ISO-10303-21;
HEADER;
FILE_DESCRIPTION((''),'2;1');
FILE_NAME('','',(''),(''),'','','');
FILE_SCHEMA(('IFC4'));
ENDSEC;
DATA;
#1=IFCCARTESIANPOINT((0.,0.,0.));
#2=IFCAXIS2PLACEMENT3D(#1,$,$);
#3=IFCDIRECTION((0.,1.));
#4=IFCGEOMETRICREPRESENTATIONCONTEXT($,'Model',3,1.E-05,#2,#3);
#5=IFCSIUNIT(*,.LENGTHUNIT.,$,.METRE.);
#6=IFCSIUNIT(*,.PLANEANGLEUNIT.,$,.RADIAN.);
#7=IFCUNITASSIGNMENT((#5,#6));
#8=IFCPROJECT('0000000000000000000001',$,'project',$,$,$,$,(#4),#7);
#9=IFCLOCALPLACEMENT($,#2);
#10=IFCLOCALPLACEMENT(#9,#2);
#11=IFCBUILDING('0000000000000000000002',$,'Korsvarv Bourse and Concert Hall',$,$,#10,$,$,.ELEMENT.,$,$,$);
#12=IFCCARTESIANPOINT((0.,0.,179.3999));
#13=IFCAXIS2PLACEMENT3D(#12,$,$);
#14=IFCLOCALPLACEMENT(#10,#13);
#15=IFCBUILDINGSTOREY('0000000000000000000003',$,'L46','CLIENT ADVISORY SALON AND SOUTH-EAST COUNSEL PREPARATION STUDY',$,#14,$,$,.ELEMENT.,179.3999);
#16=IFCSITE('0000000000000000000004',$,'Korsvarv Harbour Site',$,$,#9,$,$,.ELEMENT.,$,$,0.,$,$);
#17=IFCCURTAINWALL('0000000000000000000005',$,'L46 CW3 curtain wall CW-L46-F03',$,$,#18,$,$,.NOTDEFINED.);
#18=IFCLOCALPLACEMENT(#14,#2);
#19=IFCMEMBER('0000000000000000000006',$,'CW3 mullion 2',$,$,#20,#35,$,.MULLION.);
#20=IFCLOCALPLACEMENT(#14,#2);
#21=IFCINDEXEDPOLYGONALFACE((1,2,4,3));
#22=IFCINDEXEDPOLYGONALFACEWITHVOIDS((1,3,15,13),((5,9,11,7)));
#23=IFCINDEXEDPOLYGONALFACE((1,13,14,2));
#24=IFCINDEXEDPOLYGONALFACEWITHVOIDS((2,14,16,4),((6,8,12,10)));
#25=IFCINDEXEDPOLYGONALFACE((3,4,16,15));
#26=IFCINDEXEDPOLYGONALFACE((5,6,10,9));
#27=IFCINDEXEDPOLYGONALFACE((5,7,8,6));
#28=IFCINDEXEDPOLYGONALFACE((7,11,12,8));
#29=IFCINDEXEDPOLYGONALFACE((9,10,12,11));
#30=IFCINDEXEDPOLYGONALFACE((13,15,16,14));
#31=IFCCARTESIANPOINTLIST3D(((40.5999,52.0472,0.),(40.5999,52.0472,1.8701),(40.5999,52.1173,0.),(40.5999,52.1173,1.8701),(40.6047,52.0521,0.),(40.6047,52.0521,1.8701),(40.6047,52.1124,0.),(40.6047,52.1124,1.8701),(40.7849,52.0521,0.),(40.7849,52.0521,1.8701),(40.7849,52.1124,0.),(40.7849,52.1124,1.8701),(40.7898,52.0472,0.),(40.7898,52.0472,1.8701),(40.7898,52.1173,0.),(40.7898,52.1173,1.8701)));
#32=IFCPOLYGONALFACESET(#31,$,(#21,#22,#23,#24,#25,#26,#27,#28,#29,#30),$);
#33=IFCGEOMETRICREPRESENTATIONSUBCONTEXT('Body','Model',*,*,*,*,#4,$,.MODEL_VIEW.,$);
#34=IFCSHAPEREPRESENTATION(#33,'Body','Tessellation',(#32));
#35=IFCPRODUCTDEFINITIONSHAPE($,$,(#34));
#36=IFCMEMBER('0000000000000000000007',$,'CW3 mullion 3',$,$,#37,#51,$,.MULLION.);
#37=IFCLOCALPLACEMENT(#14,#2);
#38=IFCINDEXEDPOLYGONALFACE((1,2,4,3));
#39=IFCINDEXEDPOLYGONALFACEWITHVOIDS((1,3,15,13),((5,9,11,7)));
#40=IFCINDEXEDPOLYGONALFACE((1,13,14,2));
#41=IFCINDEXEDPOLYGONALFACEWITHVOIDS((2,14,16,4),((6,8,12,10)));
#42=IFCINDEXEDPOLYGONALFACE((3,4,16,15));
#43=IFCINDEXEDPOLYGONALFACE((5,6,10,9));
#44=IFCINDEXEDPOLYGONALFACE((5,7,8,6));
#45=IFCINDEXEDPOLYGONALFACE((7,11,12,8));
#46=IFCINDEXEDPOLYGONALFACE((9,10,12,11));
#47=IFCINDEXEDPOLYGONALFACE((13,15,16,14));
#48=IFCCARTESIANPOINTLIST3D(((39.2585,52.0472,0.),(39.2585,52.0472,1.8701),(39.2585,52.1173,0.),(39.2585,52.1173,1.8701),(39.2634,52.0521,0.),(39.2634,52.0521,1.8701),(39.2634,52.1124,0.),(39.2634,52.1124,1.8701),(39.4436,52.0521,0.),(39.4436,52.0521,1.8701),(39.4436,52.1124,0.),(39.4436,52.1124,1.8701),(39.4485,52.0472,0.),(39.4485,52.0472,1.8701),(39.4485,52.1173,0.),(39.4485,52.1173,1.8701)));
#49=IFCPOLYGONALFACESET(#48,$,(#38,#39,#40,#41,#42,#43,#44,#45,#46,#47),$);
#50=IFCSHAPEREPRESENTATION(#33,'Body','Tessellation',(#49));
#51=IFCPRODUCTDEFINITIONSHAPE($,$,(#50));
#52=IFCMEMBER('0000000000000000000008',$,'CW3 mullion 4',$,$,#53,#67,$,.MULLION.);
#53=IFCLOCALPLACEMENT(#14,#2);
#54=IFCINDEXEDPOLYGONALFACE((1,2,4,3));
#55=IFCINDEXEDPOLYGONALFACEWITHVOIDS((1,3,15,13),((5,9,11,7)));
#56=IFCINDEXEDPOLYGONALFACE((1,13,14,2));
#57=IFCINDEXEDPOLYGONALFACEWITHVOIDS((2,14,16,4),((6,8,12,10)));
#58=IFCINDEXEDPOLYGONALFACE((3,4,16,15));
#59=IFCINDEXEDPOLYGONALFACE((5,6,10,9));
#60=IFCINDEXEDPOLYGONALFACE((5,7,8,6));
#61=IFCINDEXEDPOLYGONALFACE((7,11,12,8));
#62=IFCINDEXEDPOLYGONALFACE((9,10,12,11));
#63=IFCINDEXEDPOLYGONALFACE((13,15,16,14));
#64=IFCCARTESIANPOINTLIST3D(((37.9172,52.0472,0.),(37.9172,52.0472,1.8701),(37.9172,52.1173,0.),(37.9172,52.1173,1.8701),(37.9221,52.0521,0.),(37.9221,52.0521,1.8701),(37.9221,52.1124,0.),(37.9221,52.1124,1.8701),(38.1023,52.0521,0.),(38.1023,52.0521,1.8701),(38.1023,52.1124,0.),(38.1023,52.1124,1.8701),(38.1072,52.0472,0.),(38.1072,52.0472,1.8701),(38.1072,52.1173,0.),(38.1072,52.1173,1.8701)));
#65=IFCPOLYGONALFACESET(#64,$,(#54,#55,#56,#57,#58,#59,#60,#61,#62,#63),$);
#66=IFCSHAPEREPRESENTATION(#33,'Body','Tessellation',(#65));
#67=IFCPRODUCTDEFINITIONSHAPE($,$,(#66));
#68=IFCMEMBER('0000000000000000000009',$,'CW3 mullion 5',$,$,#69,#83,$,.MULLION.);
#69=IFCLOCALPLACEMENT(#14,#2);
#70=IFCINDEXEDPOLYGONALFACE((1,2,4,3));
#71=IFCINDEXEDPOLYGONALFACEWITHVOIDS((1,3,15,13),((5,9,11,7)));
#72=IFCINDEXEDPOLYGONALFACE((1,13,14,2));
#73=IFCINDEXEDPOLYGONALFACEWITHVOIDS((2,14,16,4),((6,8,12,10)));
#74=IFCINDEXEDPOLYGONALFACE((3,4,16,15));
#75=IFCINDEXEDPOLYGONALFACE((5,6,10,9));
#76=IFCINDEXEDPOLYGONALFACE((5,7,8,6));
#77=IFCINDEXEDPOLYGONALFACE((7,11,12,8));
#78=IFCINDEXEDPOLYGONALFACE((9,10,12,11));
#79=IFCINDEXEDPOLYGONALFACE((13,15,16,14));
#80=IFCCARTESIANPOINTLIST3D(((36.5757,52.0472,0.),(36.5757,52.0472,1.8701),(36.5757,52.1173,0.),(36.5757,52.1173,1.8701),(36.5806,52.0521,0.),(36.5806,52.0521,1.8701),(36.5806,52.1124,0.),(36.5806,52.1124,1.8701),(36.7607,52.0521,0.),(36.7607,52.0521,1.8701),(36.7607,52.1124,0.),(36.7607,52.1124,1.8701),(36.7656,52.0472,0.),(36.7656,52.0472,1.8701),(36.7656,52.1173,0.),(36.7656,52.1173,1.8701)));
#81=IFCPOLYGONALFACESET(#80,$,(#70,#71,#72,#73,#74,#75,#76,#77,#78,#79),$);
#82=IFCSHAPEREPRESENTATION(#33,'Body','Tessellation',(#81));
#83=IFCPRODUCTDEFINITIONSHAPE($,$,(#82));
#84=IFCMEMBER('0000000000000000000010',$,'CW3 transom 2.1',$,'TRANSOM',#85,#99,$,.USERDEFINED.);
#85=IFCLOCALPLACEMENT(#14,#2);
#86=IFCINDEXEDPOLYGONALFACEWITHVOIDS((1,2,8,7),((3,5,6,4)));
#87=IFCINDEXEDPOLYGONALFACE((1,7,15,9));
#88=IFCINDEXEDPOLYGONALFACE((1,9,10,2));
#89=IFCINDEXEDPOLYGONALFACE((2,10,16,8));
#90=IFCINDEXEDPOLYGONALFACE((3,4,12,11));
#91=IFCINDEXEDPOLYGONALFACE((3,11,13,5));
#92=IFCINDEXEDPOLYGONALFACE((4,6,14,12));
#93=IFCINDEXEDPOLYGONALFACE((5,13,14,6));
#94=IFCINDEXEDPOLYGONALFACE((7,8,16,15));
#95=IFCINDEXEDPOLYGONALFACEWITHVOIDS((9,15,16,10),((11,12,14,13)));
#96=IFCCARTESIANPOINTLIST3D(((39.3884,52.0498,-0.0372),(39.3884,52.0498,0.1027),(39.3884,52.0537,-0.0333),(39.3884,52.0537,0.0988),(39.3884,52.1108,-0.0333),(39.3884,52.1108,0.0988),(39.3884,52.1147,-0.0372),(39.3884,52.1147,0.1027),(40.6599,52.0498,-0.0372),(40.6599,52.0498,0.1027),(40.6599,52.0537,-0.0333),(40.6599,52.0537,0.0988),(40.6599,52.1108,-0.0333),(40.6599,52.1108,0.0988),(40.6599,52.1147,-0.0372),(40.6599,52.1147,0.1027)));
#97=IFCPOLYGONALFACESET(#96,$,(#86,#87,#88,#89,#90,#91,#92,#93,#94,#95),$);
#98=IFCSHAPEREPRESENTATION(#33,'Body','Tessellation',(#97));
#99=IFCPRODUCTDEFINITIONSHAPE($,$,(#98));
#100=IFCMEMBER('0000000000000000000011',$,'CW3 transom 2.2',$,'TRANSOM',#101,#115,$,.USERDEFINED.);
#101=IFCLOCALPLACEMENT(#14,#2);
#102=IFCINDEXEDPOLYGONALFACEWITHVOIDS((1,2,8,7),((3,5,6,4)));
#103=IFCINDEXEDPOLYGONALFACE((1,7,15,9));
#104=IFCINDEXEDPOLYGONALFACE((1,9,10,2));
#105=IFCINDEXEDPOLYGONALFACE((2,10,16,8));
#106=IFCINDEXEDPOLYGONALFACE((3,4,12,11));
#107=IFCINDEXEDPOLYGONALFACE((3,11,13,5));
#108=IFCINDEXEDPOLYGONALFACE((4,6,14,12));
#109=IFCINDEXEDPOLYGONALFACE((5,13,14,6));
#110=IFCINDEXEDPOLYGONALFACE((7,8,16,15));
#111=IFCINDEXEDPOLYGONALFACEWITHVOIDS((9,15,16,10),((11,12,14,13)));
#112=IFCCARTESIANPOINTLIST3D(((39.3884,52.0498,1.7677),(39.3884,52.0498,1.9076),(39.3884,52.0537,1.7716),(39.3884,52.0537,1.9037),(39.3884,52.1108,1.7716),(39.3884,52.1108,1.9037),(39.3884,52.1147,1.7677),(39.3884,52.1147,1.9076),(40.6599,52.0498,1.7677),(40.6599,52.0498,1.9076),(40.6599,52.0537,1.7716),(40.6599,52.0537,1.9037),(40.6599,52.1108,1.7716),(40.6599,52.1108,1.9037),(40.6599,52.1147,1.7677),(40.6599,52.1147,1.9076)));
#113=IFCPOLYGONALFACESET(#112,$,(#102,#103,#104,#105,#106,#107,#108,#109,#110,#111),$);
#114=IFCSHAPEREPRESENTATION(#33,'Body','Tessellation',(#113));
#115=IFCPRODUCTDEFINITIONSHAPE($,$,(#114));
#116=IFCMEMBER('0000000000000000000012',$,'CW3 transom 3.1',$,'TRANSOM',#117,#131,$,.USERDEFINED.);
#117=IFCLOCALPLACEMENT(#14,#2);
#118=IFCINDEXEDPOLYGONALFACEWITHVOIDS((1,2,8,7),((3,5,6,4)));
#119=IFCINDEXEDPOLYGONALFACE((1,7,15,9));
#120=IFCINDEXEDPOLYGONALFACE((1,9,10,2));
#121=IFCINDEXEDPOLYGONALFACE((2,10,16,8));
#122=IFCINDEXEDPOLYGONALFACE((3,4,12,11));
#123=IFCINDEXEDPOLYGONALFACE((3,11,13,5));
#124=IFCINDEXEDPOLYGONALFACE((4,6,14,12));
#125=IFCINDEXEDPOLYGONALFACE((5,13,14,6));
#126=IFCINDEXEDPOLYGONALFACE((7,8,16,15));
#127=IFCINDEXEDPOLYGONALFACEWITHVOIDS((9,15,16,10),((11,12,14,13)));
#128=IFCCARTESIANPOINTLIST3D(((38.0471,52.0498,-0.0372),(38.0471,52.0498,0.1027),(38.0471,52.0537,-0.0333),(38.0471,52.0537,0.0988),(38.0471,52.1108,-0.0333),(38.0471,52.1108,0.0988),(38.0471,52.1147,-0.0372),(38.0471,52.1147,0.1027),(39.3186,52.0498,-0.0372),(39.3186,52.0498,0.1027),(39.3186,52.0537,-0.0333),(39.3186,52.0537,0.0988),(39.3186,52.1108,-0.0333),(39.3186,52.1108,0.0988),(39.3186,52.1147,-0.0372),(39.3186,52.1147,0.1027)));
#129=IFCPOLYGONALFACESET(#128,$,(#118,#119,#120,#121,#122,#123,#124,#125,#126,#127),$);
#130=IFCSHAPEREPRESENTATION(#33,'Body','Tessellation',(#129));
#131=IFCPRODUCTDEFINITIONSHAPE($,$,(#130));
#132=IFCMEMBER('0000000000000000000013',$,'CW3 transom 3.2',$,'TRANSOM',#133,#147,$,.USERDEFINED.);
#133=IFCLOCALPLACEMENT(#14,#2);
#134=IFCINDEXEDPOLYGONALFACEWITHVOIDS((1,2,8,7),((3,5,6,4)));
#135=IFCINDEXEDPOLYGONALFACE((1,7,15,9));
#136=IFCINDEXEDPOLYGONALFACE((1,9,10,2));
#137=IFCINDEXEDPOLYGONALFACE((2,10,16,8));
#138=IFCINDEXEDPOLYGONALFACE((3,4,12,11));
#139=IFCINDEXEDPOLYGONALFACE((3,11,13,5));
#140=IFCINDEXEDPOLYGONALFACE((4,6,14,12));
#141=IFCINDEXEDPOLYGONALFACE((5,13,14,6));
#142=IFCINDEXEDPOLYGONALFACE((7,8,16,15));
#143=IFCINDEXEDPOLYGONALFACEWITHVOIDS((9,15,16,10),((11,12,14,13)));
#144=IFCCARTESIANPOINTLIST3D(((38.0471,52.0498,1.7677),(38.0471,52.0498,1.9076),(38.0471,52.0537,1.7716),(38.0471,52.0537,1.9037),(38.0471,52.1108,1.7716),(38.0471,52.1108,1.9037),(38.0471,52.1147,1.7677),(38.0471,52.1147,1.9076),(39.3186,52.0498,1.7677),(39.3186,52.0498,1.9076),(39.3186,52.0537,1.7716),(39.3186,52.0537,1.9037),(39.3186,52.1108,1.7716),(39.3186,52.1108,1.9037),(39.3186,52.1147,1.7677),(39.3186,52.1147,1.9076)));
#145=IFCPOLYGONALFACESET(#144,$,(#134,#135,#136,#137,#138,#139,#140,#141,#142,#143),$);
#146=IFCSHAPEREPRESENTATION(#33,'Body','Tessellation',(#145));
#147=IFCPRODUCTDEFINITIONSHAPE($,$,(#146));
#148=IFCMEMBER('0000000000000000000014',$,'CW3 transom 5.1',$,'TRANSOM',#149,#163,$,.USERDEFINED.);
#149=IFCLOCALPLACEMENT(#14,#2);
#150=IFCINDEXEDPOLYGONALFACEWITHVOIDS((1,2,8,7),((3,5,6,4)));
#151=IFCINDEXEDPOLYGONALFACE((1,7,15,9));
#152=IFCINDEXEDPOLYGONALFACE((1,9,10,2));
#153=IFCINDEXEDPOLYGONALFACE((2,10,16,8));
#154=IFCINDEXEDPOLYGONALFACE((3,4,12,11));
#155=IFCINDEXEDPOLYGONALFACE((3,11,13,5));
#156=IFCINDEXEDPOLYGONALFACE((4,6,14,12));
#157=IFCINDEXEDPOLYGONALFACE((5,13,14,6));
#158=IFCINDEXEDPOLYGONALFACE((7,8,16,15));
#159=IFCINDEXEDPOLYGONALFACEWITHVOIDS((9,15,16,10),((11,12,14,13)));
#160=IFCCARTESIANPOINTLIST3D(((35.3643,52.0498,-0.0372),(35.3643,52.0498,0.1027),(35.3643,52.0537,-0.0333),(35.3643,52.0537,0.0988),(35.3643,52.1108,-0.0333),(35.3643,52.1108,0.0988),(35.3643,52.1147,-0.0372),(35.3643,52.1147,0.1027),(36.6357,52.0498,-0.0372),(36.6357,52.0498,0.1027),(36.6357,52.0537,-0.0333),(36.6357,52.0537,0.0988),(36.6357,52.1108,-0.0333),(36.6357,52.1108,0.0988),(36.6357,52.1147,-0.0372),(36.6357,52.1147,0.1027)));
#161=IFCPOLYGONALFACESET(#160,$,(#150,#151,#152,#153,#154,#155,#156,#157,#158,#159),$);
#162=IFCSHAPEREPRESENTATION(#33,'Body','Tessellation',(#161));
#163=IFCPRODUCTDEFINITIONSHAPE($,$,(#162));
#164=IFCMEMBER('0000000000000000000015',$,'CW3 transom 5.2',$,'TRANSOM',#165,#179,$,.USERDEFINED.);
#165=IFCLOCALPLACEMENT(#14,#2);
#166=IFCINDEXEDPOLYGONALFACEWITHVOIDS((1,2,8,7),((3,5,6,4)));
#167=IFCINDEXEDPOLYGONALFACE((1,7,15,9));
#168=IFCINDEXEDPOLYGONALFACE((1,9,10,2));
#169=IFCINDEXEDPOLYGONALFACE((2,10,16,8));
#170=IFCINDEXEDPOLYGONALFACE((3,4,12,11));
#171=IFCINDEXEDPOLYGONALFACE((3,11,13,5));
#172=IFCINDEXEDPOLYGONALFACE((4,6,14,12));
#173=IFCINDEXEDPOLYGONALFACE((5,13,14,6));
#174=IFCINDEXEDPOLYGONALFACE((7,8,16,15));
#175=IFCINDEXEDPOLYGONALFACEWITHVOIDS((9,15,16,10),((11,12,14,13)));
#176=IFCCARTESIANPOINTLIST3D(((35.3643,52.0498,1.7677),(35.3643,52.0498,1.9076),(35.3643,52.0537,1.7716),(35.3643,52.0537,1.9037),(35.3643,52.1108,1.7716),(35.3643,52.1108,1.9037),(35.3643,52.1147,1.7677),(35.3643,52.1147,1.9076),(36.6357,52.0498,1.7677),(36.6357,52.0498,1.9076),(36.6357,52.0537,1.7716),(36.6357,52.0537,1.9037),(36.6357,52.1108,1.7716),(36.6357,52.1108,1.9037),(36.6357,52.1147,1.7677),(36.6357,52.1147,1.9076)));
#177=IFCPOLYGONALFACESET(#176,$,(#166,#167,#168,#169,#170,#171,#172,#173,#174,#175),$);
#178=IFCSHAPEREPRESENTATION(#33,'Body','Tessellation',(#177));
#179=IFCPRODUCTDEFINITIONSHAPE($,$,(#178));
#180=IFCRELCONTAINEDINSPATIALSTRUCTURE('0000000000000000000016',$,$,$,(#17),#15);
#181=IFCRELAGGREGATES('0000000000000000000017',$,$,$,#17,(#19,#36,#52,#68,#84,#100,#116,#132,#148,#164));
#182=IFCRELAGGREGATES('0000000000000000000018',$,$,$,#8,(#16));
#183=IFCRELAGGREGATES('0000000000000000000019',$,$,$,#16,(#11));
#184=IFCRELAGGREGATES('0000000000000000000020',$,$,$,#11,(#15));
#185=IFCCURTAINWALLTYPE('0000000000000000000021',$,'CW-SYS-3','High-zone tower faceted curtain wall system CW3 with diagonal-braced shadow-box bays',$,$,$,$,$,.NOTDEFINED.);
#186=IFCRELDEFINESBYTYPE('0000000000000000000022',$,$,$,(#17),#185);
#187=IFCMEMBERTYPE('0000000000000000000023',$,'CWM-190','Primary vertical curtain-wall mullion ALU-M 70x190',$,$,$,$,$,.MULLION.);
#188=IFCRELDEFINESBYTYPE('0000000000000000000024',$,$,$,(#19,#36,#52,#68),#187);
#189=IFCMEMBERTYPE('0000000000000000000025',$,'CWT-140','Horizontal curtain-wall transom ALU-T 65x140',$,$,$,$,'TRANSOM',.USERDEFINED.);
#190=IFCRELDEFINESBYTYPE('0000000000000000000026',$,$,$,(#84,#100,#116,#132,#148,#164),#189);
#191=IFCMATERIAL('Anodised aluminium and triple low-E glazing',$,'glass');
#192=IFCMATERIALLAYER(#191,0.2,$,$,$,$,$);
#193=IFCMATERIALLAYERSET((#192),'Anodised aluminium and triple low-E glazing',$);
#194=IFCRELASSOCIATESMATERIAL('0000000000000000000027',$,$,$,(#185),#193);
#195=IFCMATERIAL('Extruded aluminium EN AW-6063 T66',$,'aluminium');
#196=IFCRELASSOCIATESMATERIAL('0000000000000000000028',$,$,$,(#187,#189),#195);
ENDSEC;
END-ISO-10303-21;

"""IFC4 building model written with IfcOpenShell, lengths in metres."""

from ifc_helpers import new_model, si_unit, direction, frame, origin, origin_2d, place, context, subcontext, project, spatial, hollow_rectangle, extrude, source, transform, mapped, material, layer, layer_set, material_profile, profile_set, type_object, element, aggregate, save


model = new_model("IFC4")

# Units and contexts
model_context = context("Model", 3, precision=1e-05, world=origin(), true_north=direction((0.0, 1.0)))
body_context = subcontext(model_context, "Body", "Model", "MODEL_VIEW")
ifc_project = project(units=[si_unit("LENGTHUNIT", "METRE"), si_unit("PLANEANGLEUNIT", "RADIAN")], contexts=[model_context])

# Site, building, storey
site_placement = place(None, origin())
site = spatial("IfcSite", under=ifc_project, at=site_placement, Name="Korsvarv Harbour Site", CompositionType="ELEMENT", RefElevation=0.0)
building_placement = place(site_placement, origin())
building = spatial("IfcBuilding", under=site, at=building_placement, Name="Korsvarv Bourse and Concert Hall", CompositionType="ELEMENT")
storey_placement = place(building_placement, frame((0.0, 0.0, 179.3999)))
storey = spatial("IfcBuildingStorey", under=building, at=storey_placement, Name="L46", Description="CLIENT ADVISORY SALON AND SOUTH-EAST COUNSEL PREPARATION STUDY", CompositionType="ELEMENT", Elevation=179.3999)

# Curtain wall, members
ifc_material_1 = material(Name="Anodised aluminium and triple low-E glazing", Category="glass")
ifc_layer_1 = layer(ifc_material_1, 0.2)
ifc_layer_set_1 = layer_set([ifc_layer_1], Name="Anodised aluminium and triple low-E glazing")
curtain_wall_type = type_object("IfcCurtainWallType", Name="CW-SYS-3", Description="High-zone tower faceted curtain wall system CW3 with diagonal-braced shadow-box bays", PredefinedType="NOTDEFINED", material=ifc_layer_set_1)
curtain_wall_placement = place(storey_placement, origin())
curtain_wall = element("IfcCurtainWall", 1, at=curtain_wall_placement, inside=storey, type_object=curtain_wall_type, Name="L46 CW3 curtain wall CW-L46-F03", PredefinedType="NOTDEFINED")
ifc_material_2 = material(Name="Extruded aluminium EN AW-6063 T66", Category="aluminium")
ifc_material_profile_1 = material_profile(ifc_material_2, hollow_rectangle(XDim=0.0701, YDim=0.1899, WallThickness=0.0049, at=origin_2d()), Name="ALU-M 70x190")
ifc_profile_set_1 = profile_set([ifc_material_profile_1], Name="Extruded aluminium EN AW-6063 T66")
member_type_1 = type_object("IfcMemberType", Name="CWM-190", Description="Primary vertical curtain-wall mullion ALU-M 70x190", PredefinedType="MULLION", material=ifc_profile_set_1)
shared_shape_1 = source(origin(), body_context, "Body", "SweptSolid", [
    extrude(hollow_rectangle(XDim=0.0701, YDim=0.1899, WallThickness=0.0049, at=origin_2d()), origin(), (0.0, 0.0, 1.0), 1.8701),
])
member_1_placement = place(storey_placement, frame((40.6948, 52.0823, 0.0), z_axis=(0.0, 0.0, 1.0), x_axis=(0.0, -1.0, 0.0)))
member_1 = element("IfcMember", 2, at=member_1_placement, type_object=member_type_1, Name="CW3 mullion 2", PredefinedType="MULLION", context=body_context, shape_type="MappedRepresentation", body=[
    mapped(shared_shape_1, transform((0.0, 0.0, 0.0), scale=1.0)),
])
member_2_placement = place(storey_placement, frame((39.3535, 52.0823, 0.0), z_axis=(0.0, 0.0, 1.0), x_axis=(0.0, -1.0, 0.0)))
member_2 = element("IfcMember", 3, at=member_2_placement, type_object=member_type_1, Name="CW3 mullion 3", PredefinedType="MULLION", context=body_context, shape_type="MappedRepresentation", body=[
    mapped(shared_shape_1, transform((0.0, 0.0, 0.0), scale=1.0)),
])
member_3_placement = place(storey_placement, frame((38.0122, 52.0823, 0.0), z_axis=(0.0, 0.0, 1.0), x_axis=(0.0, -1.0, 0.0)))
member_3 = element("IfcMember", 4, at=member_3_placement, type_object=member_type_1, Name="CW3 mullion 4", PredefinedType="MULLION", context=body_context, shape_type="MappedRepresentation", body=[
    mapped(shared_shape_1, transform((0.0, 0.0, 0.0), scale=1.0)),
])
member_4_placement = place(storey_placement, frame((36.6707, 52.0823, 0.0), z_axis=(0.0, 0.0, 1.0), x_axis=(0.0, -1.0, 0.0)))
member_4 = element("IfcMember", 5, at=member_4_placement, type_object=member_type_1, Name="CW3 mullion 5", PredefinedType="MULLION", context=body_context, shape_type="MappedRepresentation", body=[
    mapped(shared_shape_1, transform((0.0, 0.0, 0.0), scale=1.0)),
])
ifc_material_profile_2 = material_profile(ifc_material_2, hollow_rectangle(XDim=0.0649, YDim=0.1399, WallThickness=0.0039, at=origin_2d()), Name="ALU-T 65x140")
ifc_profile_set_2 = profile_set([ifc_material_profile_2], Name="Extruded aluminium EN AW-6063 T66")
member_type_2 = type_object("IfcMemberType", Name="CWT-140", Description="Horizontal curtain-wall transom ALU-T 65x140", ElementType="TRANSOM", PredefinedType="USERDEFINED", material=ifc_profile_set_2)
shared_shape_2 = source(origin(), body_context, "Body", "SweptSolid", [
    extrude(hollow_rectangle(XDim=0.0649, YDim=0.1399, WallThickness=0.0039, at=origin_2d()), origin(), (0.0, 0.0, 1.0), 1.2715),
])
member_5_placement = place(storey_placement, frame((40.6599, 52.0823, 0.0327), z_axis=(-1.0, 0.0, 0.0), x_axis=(0.0, -1.0, 0.0)))
member_5 = element("IfcMember", 6, at=member_5_placement, type_object=member_type_2, Name="CW3 transom 2.1", ObjectType="TRANSOM", PredefinedType="USERDEFINED", context=body_context, shape_type="MappedRepresentation", body=[
    mapped(shared_shape_2, transform((0.0, 0.0, 0.0), scale=1.0)),
])
member_6_placement = place(storey_placement, frame((40.6599, 52.0823, 1.8376), z_axis=(-1.0, 0.0, 0.0), x_axis=(0.0, -1.0, 0.0)))
member_6 = element("IfcMember", 7, at=member_6_placement, type_object=member_type_2, Name="CW3 transom 2.2", ObjectType="TRANSOM", PredefinedType="USERDEFINED", context=body_context, shape_type="MappedRepresentation", body=[
    mapped(shared_shape_2, transform((0.0, 0.0, 0.0), scale=1.0)),
])
member_7_placement = place(storey_placement, frame((39.3186, 52.0823, 0.0327), z_axis=(-1.0, 0.0, 0.0), x_axis=(0.0, -1.0, 0.0)))
member_7 = element("IfcMember", 8, at=member_7_placement, type_object=member_type_2, Name="CW3 transom 3.1", ObjectType="TRANSOM", PredefinedType="USERDEFINED", context=body_context, shape_type="MappedRepresentation", body=[
    mapped(shared_shape_2, transform((0.0, 0.0, 0.0), scale=1.0)),
])
member_8_placement = place(storey_placement, frame((39.3186, 52.0823, 1.8376), z_axis=(-1.0, 0.0, 0.0), x_axis=(0.0, -1.0, 0.0)))
member_8 = element("IfcMember", 9, at=member_8_placement, type_object=member_type_2, Name="CW3 transom 3.2", ObjectType="TRANSOM", PredefinedType="USERDEFINED", context=body_context, shape_type="MappedRepresentation", body=[
    mapped(shared_shape_2, transform((0.0, 0.0, 0.0), scale=1.0)),
])
member_9_placement = place(storey_placement, frame((36.6357, 52.0823, 0.0327), z_axis=(-1.0, 0.0, 0.0), x_axis=(0.0, -1.0, 0.0)))
member_9 = element("IfcMember", 10, at=member_9_placement, type_object=member_type_2, Name="CW3 transom 5.1", ObjectType="TRANSOM", PredefinedType="USERDEFINED", context=body_context, shape_type="MappedRepresentation", body=[
    mapped(shared_shape_2, transform((0.0, 0.0, 0.0), scale=1.0)),
])
member_10_placement = place(storey_placement, frame((36.6357, 52.0823, 1.8376), z_axis=(-1.0, 0.0, 0.0), x_axis=(0.0, -1.0, 0.0)))
member_10 = element("IfcMember", 11, at=member_10_placement, type_object=member_type_2, Name="CW3 transom 5.2", ObjectType="TRANSOM", PredefinedType="USERDEFINED", context=body_context, shape_type="MappedRepresentation", body=[
    mapped(shared_shape_2, transform((0.0, 0.0, 0.0), scale=1.0)),
])
aggregate(curtain_wall, [member_1, member_2, member_3, member_4, member_5, member_6, member_7, member_8, member_9, member_10])

save(model, "model.ifc")
